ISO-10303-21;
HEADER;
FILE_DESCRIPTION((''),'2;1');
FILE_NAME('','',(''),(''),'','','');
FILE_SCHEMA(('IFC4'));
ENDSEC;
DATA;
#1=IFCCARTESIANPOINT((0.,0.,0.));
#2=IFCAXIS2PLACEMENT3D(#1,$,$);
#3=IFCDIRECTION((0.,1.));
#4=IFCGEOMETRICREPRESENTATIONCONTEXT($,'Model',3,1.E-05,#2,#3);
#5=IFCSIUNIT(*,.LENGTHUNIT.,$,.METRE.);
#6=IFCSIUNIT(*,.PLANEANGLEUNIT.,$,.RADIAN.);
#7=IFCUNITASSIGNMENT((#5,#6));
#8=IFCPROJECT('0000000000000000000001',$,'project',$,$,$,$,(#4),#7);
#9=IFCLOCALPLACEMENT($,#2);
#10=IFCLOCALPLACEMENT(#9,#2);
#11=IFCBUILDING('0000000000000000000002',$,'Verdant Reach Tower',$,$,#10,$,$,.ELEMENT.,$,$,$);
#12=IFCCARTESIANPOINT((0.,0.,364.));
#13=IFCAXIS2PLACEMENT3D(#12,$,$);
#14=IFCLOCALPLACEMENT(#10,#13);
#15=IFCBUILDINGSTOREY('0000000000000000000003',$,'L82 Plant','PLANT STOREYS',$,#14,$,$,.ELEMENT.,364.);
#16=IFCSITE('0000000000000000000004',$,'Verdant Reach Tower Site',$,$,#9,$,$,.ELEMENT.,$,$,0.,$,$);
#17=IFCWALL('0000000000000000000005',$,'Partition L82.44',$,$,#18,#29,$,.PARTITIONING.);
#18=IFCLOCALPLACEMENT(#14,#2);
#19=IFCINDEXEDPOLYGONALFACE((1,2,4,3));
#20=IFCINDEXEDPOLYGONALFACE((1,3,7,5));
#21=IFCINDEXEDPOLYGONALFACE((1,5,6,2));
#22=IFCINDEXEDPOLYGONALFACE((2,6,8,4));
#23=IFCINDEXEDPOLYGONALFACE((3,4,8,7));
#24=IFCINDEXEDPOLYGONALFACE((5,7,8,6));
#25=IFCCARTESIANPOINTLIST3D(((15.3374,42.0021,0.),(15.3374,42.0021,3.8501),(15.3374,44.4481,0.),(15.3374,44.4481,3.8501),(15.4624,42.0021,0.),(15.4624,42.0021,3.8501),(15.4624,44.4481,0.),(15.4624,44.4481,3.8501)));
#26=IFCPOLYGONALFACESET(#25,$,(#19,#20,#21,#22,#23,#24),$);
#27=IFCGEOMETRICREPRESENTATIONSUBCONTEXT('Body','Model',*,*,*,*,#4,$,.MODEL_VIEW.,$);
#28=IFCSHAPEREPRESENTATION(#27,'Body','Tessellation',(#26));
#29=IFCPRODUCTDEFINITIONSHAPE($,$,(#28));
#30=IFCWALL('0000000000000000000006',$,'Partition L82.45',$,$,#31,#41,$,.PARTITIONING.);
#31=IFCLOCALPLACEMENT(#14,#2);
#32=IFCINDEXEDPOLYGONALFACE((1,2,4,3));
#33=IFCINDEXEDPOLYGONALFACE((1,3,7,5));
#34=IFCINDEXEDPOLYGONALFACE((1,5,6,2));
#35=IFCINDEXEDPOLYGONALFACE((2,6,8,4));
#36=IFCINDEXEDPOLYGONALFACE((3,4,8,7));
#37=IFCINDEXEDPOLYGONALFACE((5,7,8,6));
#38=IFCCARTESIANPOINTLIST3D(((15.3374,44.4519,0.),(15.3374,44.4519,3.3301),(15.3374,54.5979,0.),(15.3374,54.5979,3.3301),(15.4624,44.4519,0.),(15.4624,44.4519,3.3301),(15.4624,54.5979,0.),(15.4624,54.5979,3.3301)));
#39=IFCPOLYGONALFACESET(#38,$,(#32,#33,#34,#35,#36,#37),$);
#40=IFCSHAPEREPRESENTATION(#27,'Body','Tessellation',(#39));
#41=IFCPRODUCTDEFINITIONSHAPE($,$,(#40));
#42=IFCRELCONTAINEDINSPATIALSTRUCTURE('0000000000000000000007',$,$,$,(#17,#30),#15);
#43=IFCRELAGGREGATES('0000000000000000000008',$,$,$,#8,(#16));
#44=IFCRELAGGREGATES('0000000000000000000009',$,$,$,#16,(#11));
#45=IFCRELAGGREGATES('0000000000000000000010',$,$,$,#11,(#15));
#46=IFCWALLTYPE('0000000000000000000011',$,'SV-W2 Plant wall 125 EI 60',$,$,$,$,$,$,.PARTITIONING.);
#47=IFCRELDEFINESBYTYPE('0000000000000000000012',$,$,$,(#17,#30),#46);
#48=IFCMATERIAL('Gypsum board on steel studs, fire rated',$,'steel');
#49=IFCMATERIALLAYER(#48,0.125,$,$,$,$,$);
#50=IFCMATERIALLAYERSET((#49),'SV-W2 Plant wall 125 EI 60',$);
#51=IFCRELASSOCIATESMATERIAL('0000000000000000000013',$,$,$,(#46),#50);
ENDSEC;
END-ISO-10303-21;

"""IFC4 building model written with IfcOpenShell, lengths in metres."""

from ifc_helpers import new_model, si_unit, direction, frame, frame_2d, origin, place, context, subcontext, project, spatial, rectangle, extrude, material, layer, layer_set, type_object, element, save


model = new_model("IFC4")

# Units and contexts
model_context = context("Model", 3, precision=1e-05, world=origin(), true_north=direction((0.0, 1.0)))
body_context = subcontext(model_context, "Body", "Model", "MODEL_VIEW")
ifc_project = project(units=[si_unit("LENGTHUNIT", "METRE"), si_unit("PLANEANGLEUNIT", "RADIAN")], contexts=[model_context])

# Site, building, storey
site_placement = place(None, origin())
site = spatial("IfcSite", under=ifc_project, at=site_placement, Name="Verdant Reach Tower Site", CompositionType="ELEMENT", RefElevation=0.0)
building_placement = place(site_placement, origin())
building = spatial("IfcBuilding", under=site, at=building_placement, Name="Verdant Reach Tower", CompositionType="ELEMENT")
storey_placement = place(building_placement, frame((0.0, 0.0, 364.0)))
storey = spatial("IfcBuildingStorey", under=building, at=storey_placement, Name="L82 Plant", Description="PLANT STOREYS", CompositionType="ELEMENT", Elevation=364.0)

# Shared definitions
ifc_material_1 = material(Name="Gypsum board on steel studs, fire rated", Category="steel")
ifc_layer = layer(ifc_material_1, 0.125)
ifc_layer_set = layer_set([ifc_layer], Name="SV-W2 Plant wall 125 EI 60")
wall_type = type_object("IfcWallType", Name="SV-W2 Plant wall 125 EI 60", PredefinedType="PARTITIONING", material=ifc_layer_set)

# Walls
wall_1_placement = place(storey_placement, frame((15.3999, 42.002, 0.0), z_axis=(0.0, 0.0, 1.0), x_axis=(0.0, 1.0, 0.0)))
element("IfcWall", 1, at=wall_1_placement, inside=storey, type_object=wall_type, Name="Partition L82.44", PredefinedType="PARTITIONING", context=body_context, shape_type="SweptSolid", body=[
    extrude(rectangle(XDim=2.446, YDim=0.125, at=frame_2d((1.2231, 0.0))), origin(), (0.0, 0.0, 1.0), 3.8501),
])
wall_2_placement = place(storey_placement, frame((15.3999, 44.4519, 0.0), z_axis=(0.0, 0.0, 1.0), x_axis=(0.0, 1.0, 0.0)))
element("IfcWall", 2, at=wall_2_placement, inside=storey, type_object=wall_type, Name="Partition L82.45", PredefinedType="PARTITIONING", context=body_context, shape_type="SweptSolid", body=[
    extrude(rectangle(XDim=10.146, YDim=0.125, at=frame_2d((5.073, 0.0))), origin(), (0.0, 0.0, 1.0), 3.3301),
])

save(model, "model.ifc")
